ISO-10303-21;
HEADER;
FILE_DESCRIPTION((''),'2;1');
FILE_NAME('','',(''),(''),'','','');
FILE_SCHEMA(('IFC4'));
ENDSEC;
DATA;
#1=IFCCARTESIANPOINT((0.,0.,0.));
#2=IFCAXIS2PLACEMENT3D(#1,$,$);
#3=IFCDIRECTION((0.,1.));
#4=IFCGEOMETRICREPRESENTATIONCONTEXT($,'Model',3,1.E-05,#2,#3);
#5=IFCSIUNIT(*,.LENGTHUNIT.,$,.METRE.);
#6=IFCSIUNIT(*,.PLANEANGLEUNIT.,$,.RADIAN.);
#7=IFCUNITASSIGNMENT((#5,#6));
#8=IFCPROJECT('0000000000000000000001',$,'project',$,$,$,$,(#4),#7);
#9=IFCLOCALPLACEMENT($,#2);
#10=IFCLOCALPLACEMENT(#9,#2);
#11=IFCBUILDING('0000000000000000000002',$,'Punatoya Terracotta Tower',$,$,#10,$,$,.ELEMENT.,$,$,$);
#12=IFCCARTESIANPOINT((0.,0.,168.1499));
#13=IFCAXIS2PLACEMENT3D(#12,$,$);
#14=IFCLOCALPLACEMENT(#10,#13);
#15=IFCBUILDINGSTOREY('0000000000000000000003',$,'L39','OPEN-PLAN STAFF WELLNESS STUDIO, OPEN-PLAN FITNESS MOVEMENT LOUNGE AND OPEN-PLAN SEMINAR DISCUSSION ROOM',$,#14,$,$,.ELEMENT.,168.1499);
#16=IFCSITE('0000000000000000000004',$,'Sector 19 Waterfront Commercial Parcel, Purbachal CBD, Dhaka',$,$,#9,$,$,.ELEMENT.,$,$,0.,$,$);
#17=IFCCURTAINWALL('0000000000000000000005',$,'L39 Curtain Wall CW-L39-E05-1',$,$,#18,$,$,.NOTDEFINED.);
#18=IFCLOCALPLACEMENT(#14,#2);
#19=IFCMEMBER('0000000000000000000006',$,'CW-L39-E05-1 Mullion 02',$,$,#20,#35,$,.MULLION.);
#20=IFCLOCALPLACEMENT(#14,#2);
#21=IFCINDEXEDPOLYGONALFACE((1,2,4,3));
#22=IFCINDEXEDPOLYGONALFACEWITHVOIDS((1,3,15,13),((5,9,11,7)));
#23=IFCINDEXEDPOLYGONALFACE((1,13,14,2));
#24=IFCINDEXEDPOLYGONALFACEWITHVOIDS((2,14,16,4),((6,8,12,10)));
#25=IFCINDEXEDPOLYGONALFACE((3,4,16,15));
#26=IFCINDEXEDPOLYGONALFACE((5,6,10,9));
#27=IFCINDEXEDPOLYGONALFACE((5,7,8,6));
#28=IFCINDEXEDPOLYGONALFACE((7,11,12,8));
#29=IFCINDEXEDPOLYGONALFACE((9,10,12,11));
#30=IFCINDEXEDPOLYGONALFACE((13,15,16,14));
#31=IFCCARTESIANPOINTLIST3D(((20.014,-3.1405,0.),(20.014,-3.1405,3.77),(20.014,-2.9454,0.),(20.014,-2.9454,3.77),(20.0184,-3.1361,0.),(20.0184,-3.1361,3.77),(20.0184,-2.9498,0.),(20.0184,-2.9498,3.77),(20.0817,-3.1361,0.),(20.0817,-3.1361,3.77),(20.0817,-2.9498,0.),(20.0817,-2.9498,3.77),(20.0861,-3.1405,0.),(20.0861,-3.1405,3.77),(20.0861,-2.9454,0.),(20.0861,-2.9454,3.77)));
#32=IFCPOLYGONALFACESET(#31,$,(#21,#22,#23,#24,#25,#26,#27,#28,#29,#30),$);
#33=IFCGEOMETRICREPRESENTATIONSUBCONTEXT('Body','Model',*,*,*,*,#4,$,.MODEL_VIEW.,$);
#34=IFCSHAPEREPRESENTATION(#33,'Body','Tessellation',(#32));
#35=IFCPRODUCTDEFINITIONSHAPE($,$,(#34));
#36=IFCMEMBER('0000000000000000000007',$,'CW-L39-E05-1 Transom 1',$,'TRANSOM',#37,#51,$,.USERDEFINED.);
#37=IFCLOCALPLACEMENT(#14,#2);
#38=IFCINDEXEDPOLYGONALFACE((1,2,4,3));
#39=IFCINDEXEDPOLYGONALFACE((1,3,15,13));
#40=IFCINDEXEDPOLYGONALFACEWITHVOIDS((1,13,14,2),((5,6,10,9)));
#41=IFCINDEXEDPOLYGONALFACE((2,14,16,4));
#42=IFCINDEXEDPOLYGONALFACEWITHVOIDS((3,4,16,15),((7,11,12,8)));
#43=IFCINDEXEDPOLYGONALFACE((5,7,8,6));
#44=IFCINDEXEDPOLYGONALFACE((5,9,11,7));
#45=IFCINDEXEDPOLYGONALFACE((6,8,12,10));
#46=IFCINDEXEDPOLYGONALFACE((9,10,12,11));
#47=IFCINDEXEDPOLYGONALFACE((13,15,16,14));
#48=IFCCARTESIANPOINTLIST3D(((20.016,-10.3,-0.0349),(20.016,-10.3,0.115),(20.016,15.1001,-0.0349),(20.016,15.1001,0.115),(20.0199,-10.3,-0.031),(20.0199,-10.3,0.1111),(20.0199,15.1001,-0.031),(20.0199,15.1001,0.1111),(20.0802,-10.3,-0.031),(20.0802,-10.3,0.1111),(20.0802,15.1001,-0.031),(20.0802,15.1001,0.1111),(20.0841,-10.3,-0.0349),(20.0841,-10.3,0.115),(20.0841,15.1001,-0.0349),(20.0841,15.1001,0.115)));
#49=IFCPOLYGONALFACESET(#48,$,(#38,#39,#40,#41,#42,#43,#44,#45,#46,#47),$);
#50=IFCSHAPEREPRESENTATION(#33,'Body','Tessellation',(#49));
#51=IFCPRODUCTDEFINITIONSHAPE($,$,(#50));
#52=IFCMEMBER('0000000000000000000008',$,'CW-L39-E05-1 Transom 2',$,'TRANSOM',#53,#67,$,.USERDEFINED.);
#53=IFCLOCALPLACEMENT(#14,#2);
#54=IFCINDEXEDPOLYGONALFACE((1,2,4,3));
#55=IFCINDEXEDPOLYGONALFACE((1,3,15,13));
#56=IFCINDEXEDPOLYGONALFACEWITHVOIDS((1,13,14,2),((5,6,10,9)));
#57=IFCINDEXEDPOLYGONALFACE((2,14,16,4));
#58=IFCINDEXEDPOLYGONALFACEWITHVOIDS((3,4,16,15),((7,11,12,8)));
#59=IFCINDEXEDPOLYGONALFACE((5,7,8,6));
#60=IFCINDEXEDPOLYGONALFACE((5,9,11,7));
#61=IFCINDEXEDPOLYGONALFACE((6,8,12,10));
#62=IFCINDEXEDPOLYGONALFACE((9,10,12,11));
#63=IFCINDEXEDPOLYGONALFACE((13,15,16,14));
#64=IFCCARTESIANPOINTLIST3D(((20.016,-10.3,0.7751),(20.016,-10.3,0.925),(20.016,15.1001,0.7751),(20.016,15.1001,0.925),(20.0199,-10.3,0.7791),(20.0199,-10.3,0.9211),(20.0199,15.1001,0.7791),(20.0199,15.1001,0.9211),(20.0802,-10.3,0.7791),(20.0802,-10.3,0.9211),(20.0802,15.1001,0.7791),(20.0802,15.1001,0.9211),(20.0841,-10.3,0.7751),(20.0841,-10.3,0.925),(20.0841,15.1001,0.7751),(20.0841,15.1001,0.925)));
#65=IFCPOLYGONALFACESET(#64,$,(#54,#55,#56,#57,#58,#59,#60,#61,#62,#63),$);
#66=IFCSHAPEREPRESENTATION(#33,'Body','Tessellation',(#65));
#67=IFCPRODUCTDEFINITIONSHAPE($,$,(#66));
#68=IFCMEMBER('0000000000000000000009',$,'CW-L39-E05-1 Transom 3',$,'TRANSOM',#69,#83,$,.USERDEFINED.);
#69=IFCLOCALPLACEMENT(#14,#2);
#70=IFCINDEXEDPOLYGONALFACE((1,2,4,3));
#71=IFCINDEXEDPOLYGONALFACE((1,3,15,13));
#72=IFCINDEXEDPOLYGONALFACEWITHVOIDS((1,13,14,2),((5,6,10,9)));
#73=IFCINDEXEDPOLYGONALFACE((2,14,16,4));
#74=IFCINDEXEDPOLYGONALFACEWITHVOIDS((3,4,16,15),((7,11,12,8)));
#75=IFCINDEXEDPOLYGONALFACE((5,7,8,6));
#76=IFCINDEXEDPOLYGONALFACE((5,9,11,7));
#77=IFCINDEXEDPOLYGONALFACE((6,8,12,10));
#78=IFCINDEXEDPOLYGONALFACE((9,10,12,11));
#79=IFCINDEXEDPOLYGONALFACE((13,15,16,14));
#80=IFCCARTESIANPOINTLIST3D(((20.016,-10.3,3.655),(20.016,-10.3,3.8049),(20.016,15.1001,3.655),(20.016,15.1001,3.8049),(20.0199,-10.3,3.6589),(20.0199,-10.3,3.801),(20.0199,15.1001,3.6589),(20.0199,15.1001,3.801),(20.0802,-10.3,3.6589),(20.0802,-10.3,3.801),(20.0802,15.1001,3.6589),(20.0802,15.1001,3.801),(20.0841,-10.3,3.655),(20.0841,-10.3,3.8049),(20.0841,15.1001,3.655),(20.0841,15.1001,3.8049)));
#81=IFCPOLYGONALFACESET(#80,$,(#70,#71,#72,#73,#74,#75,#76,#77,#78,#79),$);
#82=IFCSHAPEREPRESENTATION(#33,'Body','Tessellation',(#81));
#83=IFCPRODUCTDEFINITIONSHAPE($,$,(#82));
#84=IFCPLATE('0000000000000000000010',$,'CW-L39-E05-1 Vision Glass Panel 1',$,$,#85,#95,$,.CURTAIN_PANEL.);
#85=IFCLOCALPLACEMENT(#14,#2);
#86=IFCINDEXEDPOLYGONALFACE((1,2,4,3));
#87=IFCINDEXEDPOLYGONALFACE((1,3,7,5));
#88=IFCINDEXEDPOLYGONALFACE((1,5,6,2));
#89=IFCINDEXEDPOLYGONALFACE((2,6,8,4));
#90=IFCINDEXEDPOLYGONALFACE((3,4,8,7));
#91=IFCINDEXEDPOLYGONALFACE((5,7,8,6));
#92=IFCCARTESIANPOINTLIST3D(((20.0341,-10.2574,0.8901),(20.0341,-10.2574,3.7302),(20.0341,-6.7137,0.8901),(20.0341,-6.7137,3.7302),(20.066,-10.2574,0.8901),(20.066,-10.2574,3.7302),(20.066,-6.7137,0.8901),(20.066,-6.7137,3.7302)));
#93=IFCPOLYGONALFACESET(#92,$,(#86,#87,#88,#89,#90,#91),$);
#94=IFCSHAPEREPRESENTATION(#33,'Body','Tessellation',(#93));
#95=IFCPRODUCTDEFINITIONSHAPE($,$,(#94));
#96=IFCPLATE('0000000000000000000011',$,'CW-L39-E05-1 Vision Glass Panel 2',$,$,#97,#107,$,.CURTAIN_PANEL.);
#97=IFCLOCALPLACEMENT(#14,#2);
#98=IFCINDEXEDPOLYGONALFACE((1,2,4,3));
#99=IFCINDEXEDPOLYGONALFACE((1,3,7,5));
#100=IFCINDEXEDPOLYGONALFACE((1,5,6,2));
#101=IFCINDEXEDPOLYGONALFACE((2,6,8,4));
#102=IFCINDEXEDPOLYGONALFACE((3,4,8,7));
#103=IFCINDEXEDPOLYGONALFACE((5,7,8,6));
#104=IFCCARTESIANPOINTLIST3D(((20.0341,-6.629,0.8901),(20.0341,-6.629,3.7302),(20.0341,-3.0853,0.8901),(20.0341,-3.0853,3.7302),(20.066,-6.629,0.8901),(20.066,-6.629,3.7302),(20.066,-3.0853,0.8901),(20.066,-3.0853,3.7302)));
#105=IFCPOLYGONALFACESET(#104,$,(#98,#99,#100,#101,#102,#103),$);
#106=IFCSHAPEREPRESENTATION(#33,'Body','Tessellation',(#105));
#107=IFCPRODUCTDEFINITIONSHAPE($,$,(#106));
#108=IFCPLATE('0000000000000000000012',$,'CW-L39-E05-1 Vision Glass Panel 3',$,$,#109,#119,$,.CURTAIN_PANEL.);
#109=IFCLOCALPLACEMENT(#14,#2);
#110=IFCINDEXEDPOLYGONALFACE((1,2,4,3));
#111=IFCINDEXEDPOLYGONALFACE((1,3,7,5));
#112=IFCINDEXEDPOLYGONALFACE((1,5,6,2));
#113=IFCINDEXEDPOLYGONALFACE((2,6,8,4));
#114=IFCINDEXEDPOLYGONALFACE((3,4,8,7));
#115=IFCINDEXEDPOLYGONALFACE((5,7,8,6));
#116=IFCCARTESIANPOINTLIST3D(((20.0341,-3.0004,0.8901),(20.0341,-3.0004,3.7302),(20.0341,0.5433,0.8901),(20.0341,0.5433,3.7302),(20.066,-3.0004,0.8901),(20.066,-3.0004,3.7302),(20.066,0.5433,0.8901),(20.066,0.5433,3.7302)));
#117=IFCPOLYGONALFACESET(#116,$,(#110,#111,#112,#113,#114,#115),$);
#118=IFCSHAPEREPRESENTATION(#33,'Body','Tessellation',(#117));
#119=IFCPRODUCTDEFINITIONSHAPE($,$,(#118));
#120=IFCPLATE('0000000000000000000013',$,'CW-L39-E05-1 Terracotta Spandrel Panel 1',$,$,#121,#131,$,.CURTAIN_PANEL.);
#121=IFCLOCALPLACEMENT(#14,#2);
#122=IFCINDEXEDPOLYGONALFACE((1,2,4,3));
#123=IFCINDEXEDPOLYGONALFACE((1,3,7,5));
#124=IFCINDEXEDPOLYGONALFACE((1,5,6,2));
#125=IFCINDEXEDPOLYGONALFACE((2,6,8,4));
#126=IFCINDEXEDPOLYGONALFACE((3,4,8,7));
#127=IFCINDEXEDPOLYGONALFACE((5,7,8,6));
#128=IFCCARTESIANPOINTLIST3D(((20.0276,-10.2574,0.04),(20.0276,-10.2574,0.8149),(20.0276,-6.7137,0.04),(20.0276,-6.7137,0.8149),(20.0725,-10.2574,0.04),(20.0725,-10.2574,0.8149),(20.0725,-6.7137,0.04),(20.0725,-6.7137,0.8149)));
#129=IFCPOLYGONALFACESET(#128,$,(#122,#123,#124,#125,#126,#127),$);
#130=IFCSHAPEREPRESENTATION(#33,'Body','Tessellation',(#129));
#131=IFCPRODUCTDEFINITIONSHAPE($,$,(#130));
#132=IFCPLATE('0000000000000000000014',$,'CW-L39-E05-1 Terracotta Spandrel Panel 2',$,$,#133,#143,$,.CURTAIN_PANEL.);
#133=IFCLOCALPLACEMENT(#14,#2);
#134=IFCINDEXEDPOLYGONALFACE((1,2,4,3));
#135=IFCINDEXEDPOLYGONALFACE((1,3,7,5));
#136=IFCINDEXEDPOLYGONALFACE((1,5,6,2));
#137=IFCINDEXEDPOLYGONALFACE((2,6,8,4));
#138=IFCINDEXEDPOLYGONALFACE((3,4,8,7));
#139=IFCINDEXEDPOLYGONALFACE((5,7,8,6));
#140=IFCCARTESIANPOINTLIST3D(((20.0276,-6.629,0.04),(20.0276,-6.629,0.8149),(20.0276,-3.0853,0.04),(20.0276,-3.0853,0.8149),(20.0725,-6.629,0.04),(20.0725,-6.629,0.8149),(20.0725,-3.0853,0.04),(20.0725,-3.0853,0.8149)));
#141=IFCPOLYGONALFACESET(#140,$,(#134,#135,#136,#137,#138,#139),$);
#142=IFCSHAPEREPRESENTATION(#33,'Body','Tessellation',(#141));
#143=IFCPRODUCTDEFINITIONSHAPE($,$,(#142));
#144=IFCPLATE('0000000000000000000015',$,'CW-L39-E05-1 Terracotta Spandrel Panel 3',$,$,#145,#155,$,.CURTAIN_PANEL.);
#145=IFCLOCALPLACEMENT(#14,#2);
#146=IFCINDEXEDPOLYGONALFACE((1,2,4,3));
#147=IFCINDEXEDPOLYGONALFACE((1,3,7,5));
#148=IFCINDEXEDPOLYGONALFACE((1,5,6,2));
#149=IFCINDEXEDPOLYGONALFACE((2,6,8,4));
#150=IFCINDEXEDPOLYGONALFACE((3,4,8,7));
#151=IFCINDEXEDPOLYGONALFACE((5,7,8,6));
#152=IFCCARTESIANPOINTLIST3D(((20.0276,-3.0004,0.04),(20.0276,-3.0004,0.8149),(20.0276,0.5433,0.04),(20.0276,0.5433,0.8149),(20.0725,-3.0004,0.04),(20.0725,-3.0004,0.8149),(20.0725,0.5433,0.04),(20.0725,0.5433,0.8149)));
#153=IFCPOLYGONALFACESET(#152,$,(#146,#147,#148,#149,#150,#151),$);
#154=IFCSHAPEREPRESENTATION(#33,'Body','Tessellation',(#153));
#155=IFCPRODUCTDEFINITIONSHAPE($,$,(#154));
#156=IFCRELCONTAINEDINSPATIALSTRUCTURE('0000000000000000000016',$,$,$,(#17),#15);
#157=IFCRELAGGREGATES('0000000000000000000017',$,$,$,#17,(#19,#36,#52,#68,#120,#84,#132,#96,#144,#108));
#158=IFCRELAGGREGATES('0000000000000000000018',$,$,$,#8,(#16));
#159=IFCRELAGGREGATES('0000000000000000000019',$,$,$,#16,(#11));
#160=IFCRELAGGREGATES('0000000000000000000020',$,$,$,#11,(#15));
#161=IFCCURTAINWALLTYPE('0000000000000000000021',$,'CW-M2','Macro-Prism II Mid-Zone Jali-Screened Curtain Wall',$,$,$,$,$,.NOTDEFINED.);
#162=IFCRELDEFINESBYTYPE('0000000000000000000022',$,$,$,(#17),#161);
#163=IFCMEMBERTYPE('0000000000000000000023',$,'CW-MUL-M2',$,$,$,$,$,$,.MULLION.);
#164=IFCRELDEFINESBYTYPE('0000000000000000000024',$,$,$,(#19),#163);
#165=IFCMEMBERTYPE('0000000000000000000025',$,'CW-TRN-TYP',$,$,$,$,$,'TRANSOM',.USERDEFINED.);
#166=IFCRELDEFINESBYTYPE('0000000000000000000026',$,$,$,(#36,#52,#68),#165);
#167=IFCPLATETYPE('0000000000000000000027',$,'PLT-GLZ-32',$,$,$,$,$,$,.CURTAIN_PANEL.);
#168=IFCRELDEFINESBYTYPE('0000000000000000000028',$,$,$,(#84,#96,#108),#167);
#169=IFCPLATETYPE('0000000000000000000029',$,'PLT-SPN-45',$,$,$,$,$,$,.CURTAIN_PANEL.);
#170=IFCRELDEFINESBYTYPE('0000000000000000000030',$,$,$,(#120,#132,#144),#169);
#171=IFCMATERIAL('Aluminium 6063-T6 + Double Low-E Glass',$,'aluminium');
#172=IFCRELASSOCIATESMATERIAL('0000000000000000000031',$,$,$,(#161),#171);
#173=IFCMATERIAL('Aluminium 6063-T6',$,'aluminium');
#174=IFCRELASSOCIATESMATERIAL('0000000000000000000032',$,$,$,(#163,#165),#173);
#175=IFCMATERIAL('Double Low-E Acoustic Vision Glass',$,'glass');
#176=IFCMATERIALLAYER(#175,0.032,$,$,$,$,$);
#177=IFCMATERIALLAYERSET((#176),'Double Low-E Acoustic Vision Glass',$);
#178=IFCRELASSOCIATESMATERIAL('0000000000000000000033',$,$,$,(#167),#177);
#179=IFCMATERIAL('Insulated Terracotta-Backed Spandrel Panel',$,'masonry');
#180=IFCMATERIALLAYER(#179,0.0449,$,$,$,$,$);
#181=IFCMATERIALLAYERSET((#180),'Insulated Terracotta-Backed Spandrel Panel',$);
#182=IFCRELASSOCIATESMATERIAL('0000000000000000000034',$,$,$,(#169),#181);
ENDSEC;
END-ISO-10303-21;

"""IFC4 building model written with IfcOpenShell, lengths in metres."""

from ifc_helpers import new_model, si_unit, direction, frame, origin, origin_2d, place, context, subcontext, project, spatial, rectangle, hollow_rectangle, extrude, material, layer, layer_set, material_profile, profile_set, type_object, element, aggregate, save


model = new_model("IFC4")

# Units and contexts
model_context = context("Model", 3, precision=1e-05, world=origin(), true_north=direction((0.0, 1.0)))
body_context = subcontext(model_context, "Body", "Model", "MODEL_VIEW")
ifc_project = project(units=[si_unit("LENGTHUNIT", "METRE"), si_unit("PLANEANGLEUNIT", "RADIAN")], contexts=[model_context])

# Site, building, storey
site_placement = place(None, origin())
site = spatial("IfcSite", under=ifc_project, at=site_placement, Name="Sector 19 Waterfront Commercial Parcel, Purbachal CBD, Dhaka", CompositionType="ELEMENT", RefElevation=0.0)
building_placement = place(site_placement, origin())
building = spatial("IfcBuilding", under=site, at=building_placement, Name="Punatoya Terracotta Tower", CompositionType="ELEMENT")
storey_placement = place(building_placement, frame((0.0, 0.0, 168.1499)))
storey = spatial("IfcBuildingStorey", under=building, at=storey_placement, Name="L39", Description="OPEN-PLAN STAFF WELLNESS STUDIO, OPEN-PLAN FITNESS MOVEMENT LOUNGE AND OPEN-PLAN SEMINAR DISCUSSION ROOM", CompositionType="ELEMENT", Elevation=168.1499)

# Curtain wall, members, plates
ifc_material_1 = material(Name="Aluminium 6063-T6 + Double Low-E Glass", Category="aluminium")
curtain_wall_type = type_object("IfcCurtainWallType", Name="CW-M2", Description="Macro-Prism II Mid-Zone Jali-Screened Curtain Wall", PredefinedType="NOTDEFINED", material=ifc_material_1)
curtain_wall_placement = place(storey_placement, origin())
curtain_wall = element("IfcCurtainWall", 1, at=curtain_wall_placement, inside=storey, type_object=curtain_wall_type, Name="L39 Curtain Wall CW-L39-E05-1", PredefinedType="NOTDEFINED")
ifc_material_2 = material(Name="Aluminium 6063-T6", Category="aluminium")
ifc_material_profile_1 = material_profile(ifc_material_2, hollow_rectangle(XDim=0.072, YDim=0.1951, WallThickness=0.0044, at=origin_2d()))
ifc_profile_set_1 = profile_set([ifc_material_profile_1], Name="Aluminium 6063-T6")
member_type_1 = type_object("IfcMemberType", Name="CW-MUL-M2", PredefinedType="MULLION", material=ifc_profile_set_1)
member_1_placement = place(storey_placement, frame((20.05, -3.043, 0.0), z_axis=(0.0, 0.0, 1.0), x_axis=(1.0, 0.0, 0.0)))
member_1 = element("IfcMember", 2, at=member_1_placement, type_object=member_type_1, Name="CW-L39-E05-1 Mullion 02", PredefinedType="MULLION", context=body_context, shape_type="SweptSolid", body=[
    extrude(hollow_rectangle(XDim=0.072, YDim=0.1951, WallThickness=0.0044, at=origin_2d()), origin(), (0.0, 0.0, 1.0), 3.77),
])
ifc_material_profile_2 = material_profile(ifc_material_2, hollow_rectangle(XDim=0.0681, YDim=0.1499, WallThickness=0.0039, at=origin_2d()))
ifc_profile_set_2 = profile_set([ifc_material_profile_2], Name="Aluminium 6063-T6")
member_type_2 = type_object("IfcMemberType", Name="CW-TRN-TYP", ElementType="TRANSOM", PredefinedType="USERDEFINED", material=ifc_profile_set_2)
member_2_placement = place(storey_placement, frame((20.05, -10.3, 0.04), z_axis=(0.0, 1.0, 0.0), x_axis=(-1.0, 0.0, 0.0)))
member_2 = element("IfcMember", 3, at=member_2_placement, type_object=member_type_2, Name="CW-L39-E05-1 Transom 1", ObjectType="TRANSOM", PredefinedType="USERDEFINED", context=body_context, shape_type="SweptSolid", body=[
    extrude(hollow_rectangle(XDim=0.0681, YDim=0.1499, WallThickness=0.0039, at=origin_2d()), origin(), (0.0, 0.0, 1.0), 25.4001),
])
member_3_placement = place(storey_placement, frame((20.05, -10.3, 0.8501), z_axis=(0.0, 1.0, 0.0), x_axis=(-1.0, 0.0, 0.0)))
member_3 = element("IfcMember", 4, at=member_3_placement, type_object=member_type_2, Name="CW-L39-E05-1 Transom 2", ObjectType="TRANSOM", PredefinedType="USERDEFINED", context=body_context, shape_type="SweptSolid", body=[
    extrude(hollow_rectangle(XDim=0.0681, YDim=0.1499, WallThickness=0.0039, at=origin_2d()), origin(), (0.0, 0.0, 1.0), 25.4001),
])
member_4_placement = place(storey_placement, frame((20.05, -10.3, 3.73), z_axis=(0.0, 1.0, 0.0), x_axis=(-1.0, 0.0, 0.0)))
member_4 = element("IfcMember", 5, at=member_4_placement, type_object=member_type_2, Name="CW-L39-E05-1 Transom 3", ObjectType="TRANSOM", PredefinedType="USERDEFINED", context=body_context, shape_type="SweptSolid", body=[
    extrude(hollow_rectangle(XDim=0.0681, YDim=0.1499, WallThickness=0.0039, at=origin_2d()), origin(), (0.0, 0.0, 1.0), 25.4001),
])
ifc_material_3 = material(Name="Double Low-E Acoustic Vision Glass", Category="glass")
ifc_layer_1 = layer(ifc_material_3, 0.032)
ifc_layer_set_1 = layer_set([ifc_layer_1], Name="Double Low-E Acoustic Vision Glass")
plate_type_1 = type_object("IfcPlateType", Name="PLT-GLZ-32", PredefinedType="CURTAIN_PANEL", material=ifc_layer_set_1)
plate_1_placement = place(storey_placement, frame((20.05, -8.4856, 0.8901), z_axis=(0.0, 0.0, 1.0), x_axis=(0.0, 1.0, 0.0)))
plate_1 = element("IfcPlate", 6, at=plate_1_placement, type_object=plate_type_1, Name="CW-L39-E05-1 Vision Glass Panel 1", PredefinedType="CURTAIN_PANEL", context=body_context, shape_type="SweptSolid", body=[
    extrude(rectangle(XDim=3.5437, YDim=0.032, at=origin_2d()), origin(), (0.0, 0.0, 1.0), 2.8401),
])
plate_2_placement = place(storey_placement, frame((20.05, -4.8572, 0.8901), z_axis=(0.0, 0.0, 1.0), x_axis=(0.0, 1.0, 0.0)))
plate_2 = element("IfcPlate", 7, at=plate_2_placement, type_object=plate_type_1, Name="CW-L39-E05-1 Vision Glass Panel 2", PredefinedType="CURTAIN_PANEL", context=body_context, shape_type="SweptSolid", body=[
    extrude(rectangle(XDim=3.5437, YDim=0.032, at=origin_2d()), origin(), (0.0, 0.0, 1.0), 2.8401),
])
plate_3_placement = place(storey_placement, frame((20.05, -1.2285, 0.8901), z_axis=(0.0, 0.0, 1.0), x_axis=(0.0, 1.0, 0.0)))
plate_3 = element("IfcPlate", 8, at=plate_3_placement, type_object=plate_type_1, Name="CW-L39-E05-1 Vision Glass Panel 3", PredefinedType="CURTAIN_PANEL", context=body_context, shape_type="SweptSolid", body=[
    extrude(rectangle(XDim=3.5437, YDim=0.032, at=origin_2d()), origin(), (0.0, 0.0, 1.0), 2.8401),
])
ifc_material_4 = material(Name="Insulated Terracotta-Backed Spandrel Panel", Category="masonry")
ifc_layer_2 = layer(ifc_material_4, 0.0449)
ifc_layer_set_2 = layer_set([ifc_layer_2], Name="Insulated Terracotta-Backed Spandrel Panel")
plate_type_2 = type_object("IfcPlateType", Name="PLT-SPN-45", PredefinedType="CURTAIN_PANEL", material=ifc_layer_set_2)
plate_4_placement = place(storey_placement, frame((20.05, -8.4856, 0.04), z_axis=(0.0, 0.0, 1.0), x_axis=(0.0, 1.0, 0.0)))
plate_4 = element("IfcPlate", 9, at=plate_4_placement, type_object=plate_type_2, Name="CW-L39-E05-1 Terracotta Spandrel Panel 1", PredefinedType="CURTAIN_PANEL", context=body_context, shape_type="SweptSolid", body=[
    extrude(rectangle(XDim=3.5437, YDim=0.0449, at=origin_2d()), origin(), (0.0, 0.0, 1.0), 0.7749),
])
plate_5_placement = place(storey_placement, frame((20.05, -4.8572, 0.04), z_axis=(0.0, 0.0, 1.0), x_axis=(0.0, 1.0, 0.0)))
plate_5 = element("IfcPlate", 10, at=plate_5_placement, type_object=plate_type_2, Name="CW-L39-E05-1 Terracotta Spandrel Panel 2", PredefinedType="CURTAIN_PANEL", context=body_context, shape_type="SweptSolid", body=[
    extrude(rectangle(XDim=3.5437, YDim=0.0449, at=origin_2d()), origin(), (0.0, 0.0, 1.0), 0.7749),
])
plate_6_placement = place(storey_placement, frame((20.05, -1.2285, 0.04), z_axis=(0.0, 0.0, 1.0), x_axis=(0.0, 1.0, 0.0)))
plate_6 = element("IfcPlate", 11, at=plate_6_placement, type_object=plate_type_2, Name="CW-L39-E05-1 Terracotta Spandrel Panel 3", PredefinedType="CURTAIN_PANEL", context=body_context, shape_type="SweptSolid", body=[
    extrude(rectangle(XDim=3.5437, YDim=0.0449, at=origin_2d()), origin(), (0.0, 0.0, 1.0), 0.7749),
])
aggregate(curtain_wall, [member_1, member_2, member_3, member_4, plate_4, plate_1, plate_5, plate_2, plate_6, plate_3])

save(model, "model.ifc")
